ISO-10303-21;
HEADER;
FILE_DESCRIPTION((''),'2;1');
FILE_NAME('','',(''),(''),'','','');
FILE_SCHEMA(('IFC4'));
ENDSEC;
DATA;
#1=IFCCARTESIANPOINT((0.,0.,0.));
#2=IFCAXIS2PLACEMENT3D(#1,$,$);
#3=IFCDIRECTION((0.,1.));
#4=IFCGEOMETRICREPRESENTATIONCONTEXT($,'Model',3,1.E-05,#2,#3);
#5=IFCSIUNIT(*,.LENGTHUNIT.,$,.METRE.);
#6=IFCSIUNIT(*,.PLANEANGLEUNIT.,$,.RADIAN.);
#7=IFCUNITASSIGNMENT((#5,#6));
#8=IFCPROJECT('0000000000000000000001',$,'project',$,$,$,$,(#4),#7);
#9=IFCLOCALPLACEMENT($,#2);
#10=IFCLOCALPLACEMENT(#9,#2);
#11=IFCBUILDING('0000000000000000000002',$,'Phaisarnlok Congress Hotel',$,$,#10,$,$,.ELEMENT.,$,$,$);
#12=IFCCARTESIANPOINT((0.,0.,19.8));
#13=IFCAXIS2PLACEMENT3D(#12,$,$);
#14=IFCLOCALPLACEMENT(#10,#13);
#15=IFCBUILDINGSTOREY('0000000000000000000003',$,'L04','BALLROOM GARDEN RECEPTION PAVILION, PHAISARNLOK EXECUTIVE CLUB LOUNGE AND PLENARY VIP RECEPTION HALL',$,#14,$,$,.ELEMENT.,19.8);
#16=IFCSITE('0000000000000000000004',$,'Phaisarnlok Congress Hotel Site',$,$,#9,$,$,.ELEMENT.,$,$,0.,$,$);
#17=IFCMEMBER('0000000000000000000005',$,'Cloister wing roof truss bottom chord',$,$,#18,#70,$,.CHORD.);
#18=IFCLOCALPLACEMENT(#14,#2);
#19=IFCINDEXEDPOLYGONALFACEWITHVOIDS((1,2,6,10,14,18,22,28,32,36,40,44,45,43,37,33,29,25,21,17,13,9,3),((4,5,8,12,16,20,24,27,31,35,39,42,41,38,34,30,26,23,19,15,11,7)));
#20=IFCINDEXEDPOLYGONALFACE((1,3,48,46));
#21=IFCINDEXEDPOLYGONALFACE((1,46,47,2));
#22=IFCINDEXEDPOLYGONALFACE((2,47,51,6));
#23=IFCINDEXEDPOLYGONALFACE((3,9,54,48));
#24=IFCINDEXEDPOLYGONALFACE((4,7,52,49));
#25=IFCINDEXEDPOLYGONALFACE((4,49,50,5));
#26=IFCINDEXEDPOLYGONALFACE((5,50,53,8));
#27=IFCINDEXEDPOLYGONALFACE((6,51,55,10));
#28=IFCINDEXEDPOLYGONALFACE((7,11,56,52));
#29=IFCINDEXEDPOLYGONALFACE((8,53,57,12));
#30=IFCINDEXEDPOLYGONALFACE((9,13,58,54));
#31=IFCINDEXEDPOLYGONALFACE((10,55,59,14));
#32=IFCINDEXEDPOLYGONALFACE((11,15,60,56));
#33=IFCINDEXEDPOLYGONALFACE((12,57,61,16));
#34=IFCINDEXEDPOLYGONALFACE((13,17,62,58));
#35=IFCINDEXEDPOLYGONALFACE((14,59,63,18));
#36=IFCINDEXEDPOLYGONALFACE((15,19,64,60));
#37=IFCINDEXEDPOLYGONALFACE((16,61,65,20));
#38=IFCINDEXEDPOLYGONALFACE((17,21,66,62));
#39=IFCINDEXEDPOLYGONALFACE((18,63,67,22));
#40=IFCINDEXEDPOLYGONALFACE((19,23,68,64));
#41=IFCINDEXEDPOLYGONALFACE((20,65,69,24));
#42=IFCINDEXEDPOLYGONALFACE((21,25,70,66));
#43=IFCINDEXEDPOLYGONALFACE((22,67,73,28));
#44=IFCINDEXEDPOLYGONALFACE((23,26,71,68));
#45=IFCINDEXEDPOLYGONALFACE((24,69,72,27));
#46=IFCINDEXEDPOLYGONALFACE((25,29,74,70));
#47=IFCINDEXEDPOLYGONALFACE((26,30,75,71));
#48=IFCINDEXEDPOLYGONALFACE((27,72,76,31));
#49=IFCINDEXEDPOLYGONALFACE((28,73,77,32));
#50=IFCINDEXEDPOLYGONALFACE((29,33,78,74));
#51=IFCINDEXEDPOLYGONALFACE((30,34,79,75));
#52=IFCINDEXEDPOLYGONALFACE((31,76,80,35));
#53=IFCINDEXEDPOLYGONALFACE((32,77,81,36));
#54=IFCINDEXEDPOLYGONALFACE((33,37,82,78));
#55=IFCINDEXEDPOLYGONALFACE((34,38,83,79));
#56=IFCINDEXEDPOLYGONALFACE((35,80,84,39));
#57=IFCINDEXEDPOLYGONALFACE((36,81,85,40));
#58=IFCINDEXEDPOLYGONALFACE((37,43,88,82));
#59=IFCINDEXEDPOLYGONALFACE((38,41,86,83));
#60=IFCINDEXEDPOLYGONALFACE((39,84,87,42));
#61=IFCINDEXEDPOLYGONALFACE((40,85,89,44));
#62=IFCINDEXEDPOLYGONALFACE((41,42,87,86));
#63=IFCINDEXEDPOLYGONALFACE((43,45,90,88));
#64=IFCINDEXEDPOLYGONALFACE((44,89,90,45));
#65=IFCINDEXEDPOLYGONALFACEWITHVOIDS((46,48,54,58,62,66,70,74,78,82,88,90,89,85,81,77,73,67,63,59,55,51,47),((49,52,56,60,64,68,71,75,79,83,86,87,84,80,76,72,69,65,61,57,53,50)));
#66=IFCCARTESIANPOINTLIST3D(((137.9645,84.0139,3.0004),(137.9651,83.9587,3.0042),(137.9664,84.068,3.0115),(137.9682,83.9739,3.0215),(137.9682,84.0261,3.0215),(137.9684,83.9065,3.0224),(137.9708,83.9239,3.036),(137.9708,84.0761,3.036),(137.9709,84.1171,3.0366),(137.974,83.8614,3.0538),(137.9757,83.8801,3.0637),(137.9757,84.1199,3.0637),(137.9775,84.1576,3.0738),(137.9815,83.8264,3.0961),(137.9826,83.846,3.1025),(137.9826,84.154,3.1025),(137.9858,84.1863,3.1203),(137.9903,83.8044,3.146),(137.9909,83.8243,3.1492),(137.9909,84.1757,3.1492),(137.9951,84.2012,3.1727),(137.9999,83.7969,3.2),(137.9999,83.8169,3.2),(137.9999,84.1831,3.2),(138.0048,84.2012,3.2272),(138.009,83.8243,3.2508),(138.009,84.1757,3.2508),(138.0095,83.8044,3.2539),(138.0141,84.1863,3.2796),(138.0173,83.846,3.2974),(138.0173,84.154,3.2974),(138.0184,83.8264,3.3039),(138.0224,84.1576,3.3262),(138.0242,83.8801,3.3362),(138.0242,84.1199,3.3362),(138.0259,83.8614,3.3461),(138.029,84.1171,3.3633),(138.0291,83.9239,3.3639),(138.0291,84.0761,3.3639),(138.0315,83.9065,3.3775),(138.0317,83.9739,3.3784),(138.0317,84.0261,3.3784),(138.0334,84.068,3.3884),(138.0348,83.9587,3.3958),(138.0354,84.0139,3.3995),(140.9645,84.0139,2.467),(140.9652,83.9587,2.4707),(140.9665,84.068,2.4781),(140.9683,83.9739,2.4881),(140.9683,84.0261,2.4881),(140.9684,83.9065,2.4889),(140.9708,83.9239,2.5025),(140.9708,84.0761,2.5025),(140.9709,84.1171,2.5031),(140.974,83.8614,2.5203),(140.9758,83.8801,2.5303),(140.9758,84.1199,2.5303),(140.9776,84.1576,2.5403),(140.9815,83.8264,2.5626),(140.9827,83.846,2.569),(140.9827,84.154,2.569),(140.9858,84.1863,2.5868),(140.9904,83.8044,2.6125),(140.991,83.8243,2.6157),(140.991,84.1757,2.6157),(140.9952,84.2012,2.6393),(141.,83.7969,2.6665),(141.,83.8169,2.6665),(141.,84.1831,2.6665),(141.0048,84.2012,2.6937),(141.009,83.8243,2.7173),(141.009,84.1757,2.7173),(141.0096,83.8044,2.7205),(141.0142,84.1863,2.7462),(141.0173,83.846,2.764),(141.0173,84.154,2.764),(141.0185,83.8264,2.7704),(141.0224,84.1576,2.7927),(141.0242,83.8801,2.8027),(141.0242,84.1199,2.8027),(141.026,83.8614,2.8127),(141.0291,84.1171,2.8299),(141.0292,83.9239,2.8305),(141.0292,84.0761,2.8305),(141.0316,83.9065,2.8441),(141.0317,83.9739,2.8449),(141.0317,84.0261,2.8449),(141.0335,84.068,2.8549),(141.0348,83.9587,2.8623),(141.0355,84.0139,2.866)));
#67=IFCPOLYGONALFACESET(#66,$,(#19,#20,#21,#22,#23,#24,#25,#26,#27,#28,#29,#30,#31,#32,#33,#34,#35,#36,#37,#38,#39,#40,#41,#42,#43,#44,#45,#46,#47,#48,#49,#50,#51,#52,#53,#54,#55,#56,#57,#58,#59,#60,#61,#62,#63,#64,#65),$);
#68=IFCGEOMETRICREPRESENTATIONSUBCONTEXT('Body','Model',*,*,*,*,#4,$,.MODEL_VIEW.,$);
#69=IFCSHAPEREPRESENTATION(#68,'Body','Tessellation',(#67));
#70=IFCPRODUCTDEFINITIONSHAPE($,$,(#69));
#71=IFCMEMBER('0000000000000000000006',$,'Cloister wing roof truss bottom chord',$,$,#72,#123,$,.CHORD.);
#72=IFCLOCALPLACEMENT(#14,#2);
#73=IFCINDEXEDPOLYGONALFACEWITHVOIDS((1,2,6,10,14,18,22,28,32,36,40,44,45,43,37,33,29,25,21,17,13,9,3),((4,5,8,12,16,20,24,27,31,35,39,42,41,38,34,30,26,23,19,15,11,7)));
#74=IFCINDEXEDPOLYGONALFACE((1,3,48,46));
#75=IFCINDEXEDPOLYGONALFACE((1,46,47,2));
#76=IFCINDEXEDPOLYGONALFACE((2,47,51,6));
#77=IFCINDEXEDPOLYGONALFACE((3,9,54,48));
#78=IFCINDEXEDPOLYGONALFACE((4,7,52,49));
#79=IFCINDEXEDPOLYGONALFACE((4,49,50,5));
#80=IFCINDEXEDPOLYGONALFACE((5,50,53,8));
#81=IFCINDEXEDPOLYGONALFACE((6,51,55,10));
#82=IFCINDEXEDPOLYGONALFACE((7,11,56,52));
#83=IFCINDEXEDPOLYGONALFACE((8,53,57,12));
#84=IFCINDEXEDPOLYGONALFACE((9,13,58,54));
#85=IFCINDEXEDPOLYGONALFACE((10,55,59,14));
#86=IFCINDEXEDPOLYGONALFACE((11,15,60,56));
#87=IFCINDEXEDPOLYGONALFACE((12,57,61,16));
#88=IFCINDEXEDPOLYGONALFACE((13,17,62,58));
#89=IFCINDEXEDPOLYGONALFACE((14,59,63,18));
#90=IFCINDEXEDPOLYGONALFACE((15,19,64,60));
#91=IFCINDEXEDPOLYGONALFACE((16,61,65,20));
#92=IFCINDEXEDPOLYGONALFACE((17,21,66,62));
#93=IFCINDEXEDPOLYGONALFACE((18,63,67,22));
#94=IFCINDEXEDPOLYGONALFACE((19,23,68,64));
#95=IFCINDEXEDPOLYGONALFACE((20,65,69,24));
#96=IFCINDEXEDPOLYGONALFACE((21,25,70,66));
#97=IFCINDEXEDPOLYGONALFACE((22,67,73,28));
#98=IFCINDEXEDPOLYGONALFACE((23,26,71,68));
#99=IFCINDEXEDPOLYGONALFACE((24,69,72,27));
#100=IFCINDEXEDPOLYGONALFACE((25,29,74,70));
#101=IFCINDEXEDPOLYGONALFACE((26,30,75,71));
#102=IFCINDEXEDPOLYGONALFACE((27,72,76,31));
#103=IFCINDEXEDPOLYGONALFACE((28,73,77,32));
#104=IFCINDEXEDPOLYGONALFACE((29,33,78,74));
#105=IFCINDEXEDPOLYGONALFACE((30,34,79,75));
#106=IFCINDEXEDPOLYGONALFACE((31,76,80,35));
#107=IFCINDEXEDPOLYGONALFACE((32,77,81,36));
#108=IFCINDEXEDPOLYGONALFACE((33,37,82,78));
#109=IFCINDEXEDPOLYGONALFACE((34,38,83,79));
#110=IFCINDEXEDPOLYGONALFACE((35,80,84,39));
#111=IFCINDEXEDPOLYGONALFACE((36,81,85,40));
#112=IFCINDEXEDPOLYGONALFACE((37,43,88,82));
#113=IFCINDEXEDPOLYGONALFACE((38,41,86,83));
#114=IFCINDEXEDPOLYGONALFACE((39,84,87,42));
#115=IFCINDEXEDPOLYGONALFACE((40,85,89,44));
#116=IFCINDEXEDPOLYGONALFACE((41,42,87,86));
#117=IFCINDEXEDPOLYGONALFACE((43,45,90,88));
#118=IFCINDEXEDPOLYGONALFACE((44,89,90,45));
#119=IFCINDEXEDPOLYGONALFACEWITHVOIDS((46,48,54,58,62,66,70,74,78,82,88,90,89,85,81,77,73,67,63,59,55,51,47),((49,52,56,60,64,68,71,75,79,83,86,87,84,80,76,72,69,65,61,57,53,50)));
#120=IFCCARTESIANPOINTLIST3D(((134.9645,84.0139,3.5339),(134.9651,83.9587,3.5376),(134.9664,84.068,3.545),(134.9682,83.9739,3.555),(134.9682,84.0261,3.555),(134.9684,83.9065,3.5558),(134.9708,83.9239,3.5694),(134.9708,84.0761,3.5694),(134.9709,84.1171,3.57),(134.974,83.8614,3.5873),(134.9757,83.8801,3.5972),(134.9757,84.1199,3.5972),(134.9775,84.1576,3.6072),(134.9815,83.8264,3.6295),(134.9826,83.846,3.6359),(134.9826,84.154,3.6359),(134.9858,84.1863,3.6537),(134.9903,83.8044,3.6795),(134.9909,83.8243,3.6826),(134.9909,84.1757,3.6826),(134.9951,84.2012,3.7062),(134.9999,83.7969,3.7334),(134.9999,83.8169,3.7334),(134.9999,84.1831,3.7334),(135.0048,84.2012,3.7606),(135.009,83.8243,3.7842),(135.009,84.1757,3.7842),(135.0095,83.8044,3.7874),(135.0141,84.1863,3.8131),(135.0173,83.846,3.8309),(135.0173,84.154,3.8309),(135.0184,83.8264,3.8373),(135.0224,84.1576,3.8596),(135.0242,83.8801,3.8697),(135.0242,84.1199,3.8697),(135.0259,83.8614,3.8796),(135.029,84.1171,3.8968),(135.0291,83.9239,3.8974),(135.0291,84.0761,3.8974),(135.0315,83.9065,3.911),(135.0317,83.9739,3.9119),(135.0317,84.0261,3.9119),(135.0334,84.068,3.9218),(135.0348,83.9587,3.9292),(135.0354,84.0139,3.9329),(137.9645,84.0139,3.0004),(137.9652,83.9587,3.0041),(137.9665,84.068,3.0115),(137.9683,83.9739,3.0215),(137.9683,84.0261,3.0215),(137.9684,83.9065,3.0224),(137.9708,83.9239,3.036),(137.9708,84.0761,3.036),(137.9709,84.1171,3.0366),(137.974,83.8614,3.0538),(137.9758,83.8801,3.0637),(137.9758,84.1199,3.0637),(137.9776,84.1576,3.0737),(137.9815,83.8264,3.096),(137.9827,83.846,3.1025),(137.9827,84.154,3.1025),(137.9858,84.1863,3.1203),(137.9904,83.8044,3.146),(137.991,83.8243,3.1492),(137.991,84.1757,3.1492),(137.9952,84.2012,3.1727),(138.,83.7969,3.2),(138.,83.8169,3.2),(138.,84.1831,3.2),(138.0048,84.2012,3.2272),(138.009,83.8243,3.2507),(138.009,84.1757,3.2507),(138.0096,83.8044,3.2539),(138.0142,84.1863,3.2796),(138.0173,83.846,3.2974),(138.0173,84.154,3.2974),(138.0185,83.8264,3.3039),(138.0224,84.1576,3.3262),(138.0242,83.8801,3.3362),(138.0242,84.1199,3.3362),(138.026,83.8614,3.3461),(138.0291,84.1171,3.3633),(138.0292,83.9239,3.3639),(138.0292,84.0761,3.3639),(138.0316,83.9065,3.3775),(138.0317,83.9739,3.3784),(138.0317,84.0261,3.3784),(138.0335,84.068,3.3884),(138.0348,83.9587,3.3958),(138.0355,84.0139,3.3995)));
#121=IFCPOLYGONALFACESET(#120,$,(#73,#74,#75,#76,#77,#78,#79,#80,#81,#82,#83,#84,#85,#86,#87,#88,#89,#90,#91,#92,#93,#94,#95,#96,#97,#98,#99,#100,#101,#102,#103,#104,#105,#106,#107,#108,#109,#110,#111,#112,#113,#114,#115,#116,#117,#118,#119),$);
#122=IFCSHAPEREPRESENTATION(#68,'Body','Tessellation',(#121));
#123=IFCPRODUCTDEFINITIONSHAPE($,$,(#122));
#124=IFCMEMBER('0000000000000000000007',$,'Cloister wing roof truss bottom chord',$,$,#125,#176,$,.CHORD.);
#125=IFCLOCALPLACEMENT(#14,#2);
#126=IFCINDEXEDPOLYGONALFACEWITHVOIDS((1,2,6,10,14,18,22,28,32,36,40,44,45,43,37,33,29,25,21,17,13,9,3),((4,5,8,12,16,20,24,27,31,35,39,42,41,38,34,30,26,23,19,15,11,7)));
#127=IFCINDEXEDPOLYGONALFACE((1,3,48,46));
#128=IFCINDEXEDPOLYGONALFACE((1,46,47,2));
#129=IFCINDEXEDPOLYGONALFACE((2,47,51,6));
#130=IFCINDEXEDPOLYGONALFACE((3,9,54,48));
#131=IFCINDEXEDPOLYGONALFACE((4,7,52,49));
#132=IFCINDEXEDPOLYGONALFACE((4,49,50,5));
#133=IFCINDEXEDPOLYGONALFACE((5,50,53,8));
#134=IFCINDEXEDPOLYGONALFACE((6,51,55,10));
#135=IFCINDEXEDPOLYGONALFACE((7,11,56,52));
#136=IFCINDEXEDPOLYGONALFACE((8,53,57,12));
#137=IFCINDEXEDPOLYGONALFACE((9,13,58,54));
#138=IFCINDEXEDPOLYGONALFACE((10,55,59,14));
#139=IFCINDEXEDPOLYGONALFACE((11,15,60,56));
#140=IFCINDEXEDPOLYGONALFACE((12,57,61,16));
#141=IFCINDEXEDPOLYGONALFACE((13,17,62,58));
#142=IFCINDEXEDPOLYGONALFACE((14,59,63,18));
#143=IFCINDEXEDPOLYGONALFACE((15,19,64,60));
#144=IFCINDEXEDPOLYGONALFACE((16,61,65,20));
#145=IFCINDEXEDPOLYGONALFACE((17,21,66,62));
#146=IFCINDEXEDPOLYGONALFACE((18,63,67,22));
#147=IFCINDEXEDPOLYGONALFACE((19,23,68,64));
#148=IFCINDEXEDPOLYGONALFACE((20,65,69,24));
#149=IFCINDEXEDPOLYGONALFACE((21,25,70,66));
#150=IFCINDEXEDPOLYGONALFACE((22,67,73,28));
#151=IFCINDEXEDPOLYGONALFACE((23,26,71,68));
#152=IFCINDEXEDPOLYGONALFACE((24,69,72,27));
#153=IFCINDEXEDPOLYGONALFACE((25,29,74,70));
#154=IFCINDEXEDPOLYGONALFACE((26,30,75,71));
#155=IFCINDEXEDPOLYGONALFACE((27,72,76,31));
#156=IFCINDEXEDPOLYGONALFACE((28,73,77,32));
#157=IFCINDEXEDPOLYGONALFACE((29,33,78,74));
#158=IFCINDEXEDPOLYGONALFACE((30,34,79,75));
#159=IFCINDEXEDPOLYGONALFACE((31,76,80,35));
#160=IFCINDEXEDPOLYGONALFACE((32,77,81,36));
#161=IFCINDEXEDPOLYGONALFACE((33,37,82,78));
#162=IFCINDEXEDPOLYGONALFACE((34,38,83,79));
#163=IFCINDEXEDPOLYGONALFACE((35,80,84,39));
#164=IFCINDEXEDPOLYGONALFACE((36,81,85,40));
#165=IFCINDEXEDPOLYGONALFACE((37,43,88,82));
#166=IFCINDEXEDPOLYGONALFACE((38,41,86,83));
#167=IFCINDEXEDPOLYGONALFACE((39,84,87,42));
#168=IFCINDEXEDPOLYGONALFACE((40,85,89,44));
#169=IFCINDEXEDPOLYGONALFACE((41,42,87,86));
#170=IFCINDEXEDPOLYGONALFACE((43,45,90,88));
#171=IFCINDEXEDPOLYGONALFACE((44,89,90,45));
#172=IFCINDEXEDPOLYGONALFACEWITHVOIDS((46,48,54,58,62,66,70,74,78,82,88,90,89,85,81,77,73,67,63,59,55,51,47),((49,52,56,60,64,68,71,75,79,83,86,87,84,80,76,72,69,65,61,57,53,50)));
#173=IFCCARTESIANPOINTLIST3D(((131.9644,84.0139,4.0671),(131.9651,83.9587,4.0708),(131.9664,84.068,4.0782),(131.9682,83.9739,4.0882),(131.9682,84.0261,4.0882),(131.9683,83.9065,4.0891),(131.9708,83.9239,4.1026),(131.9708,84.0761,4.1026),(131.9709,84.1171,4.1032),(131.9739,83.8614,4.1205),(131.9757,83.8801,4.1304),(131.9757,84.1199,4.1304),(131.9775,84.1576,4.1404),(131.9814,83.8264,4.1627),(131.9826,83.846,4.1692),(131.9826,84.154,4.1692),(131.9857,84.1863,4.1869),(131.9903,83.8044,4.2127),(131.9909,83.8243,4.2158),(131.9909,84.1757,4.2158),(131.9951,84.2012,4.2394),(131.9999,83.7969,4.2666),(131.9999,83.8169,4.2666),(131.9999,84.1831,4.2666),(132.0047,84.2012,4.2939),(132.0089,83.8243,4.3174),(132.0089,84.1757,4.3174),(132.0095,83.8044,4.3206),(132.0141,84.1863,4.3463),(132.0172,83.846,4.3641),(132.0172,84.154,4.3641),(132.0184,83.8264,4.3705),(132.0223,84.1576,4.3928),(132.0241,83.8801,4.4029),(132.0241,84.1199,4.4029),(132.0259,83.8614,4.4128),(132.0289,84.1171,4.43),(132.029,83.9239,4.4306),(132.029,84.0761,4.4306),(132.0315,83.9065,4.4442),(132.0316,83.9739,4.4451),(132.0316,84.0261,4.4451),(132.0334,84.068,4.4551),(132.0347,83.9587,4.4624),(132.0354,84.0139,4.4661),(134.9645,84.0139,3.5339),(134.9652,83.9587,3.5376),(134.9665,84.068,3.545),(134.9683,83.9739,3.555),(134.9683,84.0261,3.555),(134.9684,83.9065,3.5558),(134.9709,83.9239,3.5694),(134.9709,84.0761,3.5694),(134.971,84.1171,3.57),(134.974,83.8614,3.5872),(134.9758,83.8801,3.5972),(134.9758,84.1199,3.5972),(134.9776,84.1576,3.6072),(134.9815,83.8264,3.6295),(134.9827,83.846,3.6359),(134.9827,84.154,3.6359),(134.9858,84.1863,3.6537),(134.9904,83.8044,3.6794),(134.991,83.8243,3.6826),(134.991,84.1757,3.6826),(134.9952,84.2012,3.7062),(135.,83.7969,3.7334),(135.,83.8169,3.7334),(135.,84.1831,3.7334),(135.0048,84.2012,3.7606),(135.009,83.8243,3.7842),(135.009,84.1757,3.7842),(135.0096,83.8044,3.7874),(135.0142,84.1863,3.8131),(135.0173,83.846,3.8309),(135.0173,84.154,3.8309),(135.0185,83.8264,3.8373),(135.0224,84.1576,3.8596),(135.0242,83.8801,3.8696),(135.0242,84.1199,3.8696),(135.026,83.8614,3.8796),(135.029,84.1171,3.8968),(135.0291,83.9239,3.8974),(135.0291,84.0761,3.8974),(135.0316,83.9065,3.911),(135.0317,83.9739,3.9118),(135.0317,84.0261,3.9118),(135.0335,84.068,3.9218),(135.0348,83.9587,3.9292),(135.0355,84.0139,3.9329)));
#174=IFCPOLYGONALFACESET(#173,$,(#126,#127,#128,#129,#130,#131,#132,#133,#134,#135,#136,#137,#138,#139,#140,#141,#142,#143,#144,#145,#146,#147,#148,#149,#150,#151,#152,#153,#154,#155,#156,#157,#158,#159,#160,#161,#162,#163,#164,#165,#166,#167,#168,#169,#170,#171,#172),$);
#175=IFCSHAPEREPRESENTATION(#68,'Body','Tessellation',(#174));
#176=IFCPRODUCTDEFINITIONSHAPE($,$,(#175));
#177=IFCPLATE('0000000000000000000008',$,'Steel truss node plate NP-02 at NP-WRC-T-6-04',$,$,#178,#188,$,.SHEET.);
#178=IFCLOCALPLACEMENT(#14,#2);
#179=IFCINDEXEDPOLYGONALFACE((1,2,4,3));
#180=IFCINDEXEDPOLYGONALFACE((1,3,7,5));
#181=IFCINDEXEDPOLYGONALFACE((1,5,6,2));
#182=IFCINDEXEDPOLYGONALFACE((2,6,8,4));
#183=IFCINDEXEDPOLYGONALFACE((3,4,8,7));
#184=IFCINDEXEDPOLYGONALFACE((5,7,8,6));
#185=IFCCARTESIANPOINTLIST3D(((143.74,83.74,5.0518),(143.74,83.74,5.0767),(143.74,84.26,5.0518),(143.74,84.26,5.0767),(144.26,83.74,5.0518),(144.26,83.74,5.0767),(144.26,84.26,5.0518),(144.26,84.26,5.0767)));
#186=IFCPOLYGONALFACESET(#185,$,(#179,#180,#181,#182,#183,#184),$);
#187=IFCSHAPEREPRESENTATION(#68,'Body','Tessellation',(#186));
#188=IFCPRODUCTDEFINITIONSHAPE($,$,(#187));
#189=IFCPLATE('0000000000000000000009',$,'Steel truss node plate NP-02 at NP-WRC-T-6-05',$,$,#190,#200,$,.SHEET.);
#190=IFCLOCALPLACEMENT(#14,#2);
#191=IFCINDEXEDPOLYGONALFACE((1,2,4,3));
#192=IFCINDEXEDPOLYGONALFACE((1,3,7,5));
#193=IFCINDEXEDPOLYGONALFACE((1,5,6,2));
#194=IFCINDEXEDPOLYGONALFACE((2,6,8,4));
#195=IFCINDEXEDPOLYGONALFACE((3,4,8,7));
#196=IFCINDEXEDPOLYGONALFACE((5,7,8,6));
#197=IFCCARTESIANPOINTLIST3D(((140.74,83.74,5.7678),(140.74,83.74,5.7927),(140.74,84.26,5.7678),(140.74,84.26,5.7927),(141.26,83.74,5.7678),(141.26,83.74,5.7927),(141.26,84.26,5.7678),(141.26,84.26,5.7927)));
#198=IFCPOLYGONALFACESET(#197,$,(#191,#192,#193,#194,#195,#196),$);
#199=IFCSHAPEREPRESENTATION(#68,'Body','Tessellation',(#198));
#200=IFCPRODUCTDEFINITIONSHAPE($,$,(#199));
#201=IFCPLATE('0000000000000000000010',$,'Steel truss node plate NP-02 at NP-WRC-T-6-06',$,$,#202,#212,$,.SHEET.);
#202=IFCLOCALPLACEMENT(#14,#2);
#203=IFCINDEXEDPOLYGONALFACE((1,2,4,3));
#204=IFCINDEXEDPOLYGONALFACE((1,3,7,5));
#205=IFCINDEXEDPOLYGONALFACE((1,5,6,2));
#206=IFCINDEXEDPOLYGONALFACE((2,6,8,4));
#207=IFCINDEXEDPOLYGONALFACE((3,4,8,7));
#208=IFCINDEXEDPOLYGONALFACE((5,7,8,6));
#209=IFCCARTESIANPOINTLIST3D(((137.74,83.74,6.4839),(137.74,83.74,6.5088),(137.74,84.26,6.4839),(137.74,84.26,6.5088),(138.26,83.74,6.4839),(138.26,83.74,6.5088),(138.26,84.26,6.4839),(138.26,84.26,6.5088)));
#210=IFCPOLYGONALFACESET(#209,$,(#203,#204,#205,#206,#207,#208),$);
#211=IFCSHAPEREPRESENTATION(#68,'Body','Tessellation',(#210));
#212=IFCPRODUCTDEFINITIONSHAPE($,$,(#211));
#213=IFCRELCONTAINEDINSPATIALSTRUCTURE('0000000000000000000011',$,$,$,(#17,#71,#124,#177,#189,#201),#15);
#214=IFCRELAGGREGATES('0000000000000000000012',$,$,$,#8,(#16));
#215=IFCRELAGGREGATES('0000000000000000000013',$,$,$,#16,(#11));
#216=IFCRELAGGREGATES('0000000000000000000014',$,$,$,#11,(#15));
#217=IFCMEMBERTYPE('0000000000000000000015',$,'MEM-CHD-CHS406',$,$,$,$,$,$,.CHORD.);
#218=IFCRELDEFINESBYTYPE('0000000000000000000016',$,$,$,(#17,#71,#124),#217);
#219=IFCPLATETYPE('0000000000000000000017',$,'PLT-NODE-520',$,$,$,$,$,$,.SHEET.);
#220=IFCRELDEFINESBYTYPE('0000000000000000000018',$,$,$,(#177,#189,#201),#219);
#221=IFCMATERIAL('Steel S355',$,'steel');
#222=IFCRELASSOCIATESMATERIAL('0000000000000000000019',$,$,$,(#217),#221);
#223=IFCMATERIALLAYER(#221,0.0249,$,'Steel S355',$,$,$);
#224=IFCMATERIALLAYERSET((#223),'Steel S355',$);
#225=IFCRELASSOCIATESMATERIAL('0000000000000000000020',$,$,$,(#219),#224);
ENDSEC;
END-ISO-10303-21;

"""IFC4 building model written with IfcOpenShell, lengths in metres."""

from ifc_helpers import new_model, si_unit, direction, frame, origin, origin_2d, place, context, subcontext, project, spatial, rectangle, hollow_circle, extrude, material, layer, layer_set, material_profile, profile_set, type_object, element, save


model = new_model("IFC4")

# Units and contexts
model_context = context("Model", 3, precision=1e-05, world=origin(), true_north=direction((0.0, 1.0)))
body_context = subcontext(model_context, "Body", "Model", "MODEL_VIEW")
ifc_project = project(units=[si_unit("LENGTHUNIT", "METRE"), si_unit("PLANEANGLEUNIT", "RADIAN")], contexts=[model_context])

# Site, building, storey
site_placement = place(None, origin())
site = spatial("IfcSite", under=ifc_project, at=site_placement, Name="Phaisarnlok Congress Hotel Site", CompositionType="ELEMENT", RefElevation=0.0)
building_placement = place(site_placement, origin())
building = spatial("IfcBuilding", under=site, at=building_placement, Name="Phaisarnlok Congress Hotel", CompositionType="ELEMENT")
storey_placement = place(building_placement, frame((0.0, 0.0, 19.8)))
storey = spatial("IfcBuildingStorey", under=building, at=storey_placement, Name="L04", Description="BALLROOM GARDEN RECEPTION PAVILION, PHAISARNLOK EXECUTIVE CLUB LOUNGE AND PLENARY VIP RECEPTION HALL", CompositionType="ELEMENT", Elevation=19.8)

# Shared definitions
ifc_material_1 = material(Name="Steel S355", Category="steel")

# Members
ifc_material_profile_1 = material_profile(ifc_material_1, hollow_circle(Radius=0.2031, WallThickness=0.02, at=origin_2d()), Name="CHS 406.4x20")
ifc_profile_set_1 = profile_set([ifc_material_profile_1], Name="Steel S355")
member_type_1 = type_object("IfcMemberType", Name="MEM-CHD-CHS406", PredefinedType="CHORD", material=ifc_profile_set_1)
for number, where, z_axis, x_axis, name in (
    (1, (141.0, 84.0, 2.6665), (-0.984556, 0.0, 0.17507), (0.0, -1.0, 0.0), "Cloister wing roof truss bottom chord"),
    (2, (138.0, 84.0, 3.2), (-0.984556, 0.0, 0.17507), (0.0, -1.0, 0.0), "Cloister wing roof truss bottom chord"),
    (3, (135.0, 84.0, 3.7334), (-0.98457, 0.0, 0.174992), (0.0, -1.0, 0.0), "Cloister wing roof truss bottom chord"),
):
    element("IfcMember", number, at=place(storey_placement, frame(where, z_axis=z_axis, x_axis=x_axis)), inside=storey, type_object=member_type_1, Name=name, PredefinedType="CHORD", context=body_context, shape_type="SweptSolid", body=[
        extrude(hollow_circle(Radius=0.2031, WallThickness=0.02, at=origin_2d()), origin(), (0.0, 0.0, 1.0), 3.0471),
    ])

# Plates
ifc_layer_1 = layer(ifc_material_1, 0.0249, Name="Steel S355")
ifc_layer_set_1 = layer_set([ifc_layer_1], Name="Steel S355")
plate_type_1 = type_object("IfcPlateType", Name="PLT-NODE-520", PredefinedType="SHEET", material=ifc_layer_set_1)
for number, where, z_axis, x_axis, name in (
    (4, (144.0, 84.0, 5.0518), (0.0, 0.0, 1.0), (1.0, 0.0, 0.0), "Steel truss node plate NP-02 at NP-WRC-T-6-04"),
    (5, (141.0, 84.0, 5.7678), (0.0, 0.0, 1.0), (1.0, 0.0, 0.0), "Steel truss node plate NP-02 at NP-WRC-T-6-05"),
    (6, (138.0, 84.0, 6.4839), (0.0, 0.0, 1.0), (1.0, 0.0, 0.0), "Steel truss node plate NP-02 at NP-WRC-T-6-06"),
):
    element("IfcPlate", number, at=place(storey_placement, frame(where, z_axis=z_axis, x_axis=x_axis)), inside=storey, type_object=plate_type_1, Name=name, PredefinedType="SHEET", context=body_context, shape_type="SweptSolid", body=[
        extrude(rectangle(XDim=0.52, YDim=0.52, at=origin_2d()), origin(), (0.0, 0.0, 1.0), 0.0249),
    ])

save(model, "model.ifc")
